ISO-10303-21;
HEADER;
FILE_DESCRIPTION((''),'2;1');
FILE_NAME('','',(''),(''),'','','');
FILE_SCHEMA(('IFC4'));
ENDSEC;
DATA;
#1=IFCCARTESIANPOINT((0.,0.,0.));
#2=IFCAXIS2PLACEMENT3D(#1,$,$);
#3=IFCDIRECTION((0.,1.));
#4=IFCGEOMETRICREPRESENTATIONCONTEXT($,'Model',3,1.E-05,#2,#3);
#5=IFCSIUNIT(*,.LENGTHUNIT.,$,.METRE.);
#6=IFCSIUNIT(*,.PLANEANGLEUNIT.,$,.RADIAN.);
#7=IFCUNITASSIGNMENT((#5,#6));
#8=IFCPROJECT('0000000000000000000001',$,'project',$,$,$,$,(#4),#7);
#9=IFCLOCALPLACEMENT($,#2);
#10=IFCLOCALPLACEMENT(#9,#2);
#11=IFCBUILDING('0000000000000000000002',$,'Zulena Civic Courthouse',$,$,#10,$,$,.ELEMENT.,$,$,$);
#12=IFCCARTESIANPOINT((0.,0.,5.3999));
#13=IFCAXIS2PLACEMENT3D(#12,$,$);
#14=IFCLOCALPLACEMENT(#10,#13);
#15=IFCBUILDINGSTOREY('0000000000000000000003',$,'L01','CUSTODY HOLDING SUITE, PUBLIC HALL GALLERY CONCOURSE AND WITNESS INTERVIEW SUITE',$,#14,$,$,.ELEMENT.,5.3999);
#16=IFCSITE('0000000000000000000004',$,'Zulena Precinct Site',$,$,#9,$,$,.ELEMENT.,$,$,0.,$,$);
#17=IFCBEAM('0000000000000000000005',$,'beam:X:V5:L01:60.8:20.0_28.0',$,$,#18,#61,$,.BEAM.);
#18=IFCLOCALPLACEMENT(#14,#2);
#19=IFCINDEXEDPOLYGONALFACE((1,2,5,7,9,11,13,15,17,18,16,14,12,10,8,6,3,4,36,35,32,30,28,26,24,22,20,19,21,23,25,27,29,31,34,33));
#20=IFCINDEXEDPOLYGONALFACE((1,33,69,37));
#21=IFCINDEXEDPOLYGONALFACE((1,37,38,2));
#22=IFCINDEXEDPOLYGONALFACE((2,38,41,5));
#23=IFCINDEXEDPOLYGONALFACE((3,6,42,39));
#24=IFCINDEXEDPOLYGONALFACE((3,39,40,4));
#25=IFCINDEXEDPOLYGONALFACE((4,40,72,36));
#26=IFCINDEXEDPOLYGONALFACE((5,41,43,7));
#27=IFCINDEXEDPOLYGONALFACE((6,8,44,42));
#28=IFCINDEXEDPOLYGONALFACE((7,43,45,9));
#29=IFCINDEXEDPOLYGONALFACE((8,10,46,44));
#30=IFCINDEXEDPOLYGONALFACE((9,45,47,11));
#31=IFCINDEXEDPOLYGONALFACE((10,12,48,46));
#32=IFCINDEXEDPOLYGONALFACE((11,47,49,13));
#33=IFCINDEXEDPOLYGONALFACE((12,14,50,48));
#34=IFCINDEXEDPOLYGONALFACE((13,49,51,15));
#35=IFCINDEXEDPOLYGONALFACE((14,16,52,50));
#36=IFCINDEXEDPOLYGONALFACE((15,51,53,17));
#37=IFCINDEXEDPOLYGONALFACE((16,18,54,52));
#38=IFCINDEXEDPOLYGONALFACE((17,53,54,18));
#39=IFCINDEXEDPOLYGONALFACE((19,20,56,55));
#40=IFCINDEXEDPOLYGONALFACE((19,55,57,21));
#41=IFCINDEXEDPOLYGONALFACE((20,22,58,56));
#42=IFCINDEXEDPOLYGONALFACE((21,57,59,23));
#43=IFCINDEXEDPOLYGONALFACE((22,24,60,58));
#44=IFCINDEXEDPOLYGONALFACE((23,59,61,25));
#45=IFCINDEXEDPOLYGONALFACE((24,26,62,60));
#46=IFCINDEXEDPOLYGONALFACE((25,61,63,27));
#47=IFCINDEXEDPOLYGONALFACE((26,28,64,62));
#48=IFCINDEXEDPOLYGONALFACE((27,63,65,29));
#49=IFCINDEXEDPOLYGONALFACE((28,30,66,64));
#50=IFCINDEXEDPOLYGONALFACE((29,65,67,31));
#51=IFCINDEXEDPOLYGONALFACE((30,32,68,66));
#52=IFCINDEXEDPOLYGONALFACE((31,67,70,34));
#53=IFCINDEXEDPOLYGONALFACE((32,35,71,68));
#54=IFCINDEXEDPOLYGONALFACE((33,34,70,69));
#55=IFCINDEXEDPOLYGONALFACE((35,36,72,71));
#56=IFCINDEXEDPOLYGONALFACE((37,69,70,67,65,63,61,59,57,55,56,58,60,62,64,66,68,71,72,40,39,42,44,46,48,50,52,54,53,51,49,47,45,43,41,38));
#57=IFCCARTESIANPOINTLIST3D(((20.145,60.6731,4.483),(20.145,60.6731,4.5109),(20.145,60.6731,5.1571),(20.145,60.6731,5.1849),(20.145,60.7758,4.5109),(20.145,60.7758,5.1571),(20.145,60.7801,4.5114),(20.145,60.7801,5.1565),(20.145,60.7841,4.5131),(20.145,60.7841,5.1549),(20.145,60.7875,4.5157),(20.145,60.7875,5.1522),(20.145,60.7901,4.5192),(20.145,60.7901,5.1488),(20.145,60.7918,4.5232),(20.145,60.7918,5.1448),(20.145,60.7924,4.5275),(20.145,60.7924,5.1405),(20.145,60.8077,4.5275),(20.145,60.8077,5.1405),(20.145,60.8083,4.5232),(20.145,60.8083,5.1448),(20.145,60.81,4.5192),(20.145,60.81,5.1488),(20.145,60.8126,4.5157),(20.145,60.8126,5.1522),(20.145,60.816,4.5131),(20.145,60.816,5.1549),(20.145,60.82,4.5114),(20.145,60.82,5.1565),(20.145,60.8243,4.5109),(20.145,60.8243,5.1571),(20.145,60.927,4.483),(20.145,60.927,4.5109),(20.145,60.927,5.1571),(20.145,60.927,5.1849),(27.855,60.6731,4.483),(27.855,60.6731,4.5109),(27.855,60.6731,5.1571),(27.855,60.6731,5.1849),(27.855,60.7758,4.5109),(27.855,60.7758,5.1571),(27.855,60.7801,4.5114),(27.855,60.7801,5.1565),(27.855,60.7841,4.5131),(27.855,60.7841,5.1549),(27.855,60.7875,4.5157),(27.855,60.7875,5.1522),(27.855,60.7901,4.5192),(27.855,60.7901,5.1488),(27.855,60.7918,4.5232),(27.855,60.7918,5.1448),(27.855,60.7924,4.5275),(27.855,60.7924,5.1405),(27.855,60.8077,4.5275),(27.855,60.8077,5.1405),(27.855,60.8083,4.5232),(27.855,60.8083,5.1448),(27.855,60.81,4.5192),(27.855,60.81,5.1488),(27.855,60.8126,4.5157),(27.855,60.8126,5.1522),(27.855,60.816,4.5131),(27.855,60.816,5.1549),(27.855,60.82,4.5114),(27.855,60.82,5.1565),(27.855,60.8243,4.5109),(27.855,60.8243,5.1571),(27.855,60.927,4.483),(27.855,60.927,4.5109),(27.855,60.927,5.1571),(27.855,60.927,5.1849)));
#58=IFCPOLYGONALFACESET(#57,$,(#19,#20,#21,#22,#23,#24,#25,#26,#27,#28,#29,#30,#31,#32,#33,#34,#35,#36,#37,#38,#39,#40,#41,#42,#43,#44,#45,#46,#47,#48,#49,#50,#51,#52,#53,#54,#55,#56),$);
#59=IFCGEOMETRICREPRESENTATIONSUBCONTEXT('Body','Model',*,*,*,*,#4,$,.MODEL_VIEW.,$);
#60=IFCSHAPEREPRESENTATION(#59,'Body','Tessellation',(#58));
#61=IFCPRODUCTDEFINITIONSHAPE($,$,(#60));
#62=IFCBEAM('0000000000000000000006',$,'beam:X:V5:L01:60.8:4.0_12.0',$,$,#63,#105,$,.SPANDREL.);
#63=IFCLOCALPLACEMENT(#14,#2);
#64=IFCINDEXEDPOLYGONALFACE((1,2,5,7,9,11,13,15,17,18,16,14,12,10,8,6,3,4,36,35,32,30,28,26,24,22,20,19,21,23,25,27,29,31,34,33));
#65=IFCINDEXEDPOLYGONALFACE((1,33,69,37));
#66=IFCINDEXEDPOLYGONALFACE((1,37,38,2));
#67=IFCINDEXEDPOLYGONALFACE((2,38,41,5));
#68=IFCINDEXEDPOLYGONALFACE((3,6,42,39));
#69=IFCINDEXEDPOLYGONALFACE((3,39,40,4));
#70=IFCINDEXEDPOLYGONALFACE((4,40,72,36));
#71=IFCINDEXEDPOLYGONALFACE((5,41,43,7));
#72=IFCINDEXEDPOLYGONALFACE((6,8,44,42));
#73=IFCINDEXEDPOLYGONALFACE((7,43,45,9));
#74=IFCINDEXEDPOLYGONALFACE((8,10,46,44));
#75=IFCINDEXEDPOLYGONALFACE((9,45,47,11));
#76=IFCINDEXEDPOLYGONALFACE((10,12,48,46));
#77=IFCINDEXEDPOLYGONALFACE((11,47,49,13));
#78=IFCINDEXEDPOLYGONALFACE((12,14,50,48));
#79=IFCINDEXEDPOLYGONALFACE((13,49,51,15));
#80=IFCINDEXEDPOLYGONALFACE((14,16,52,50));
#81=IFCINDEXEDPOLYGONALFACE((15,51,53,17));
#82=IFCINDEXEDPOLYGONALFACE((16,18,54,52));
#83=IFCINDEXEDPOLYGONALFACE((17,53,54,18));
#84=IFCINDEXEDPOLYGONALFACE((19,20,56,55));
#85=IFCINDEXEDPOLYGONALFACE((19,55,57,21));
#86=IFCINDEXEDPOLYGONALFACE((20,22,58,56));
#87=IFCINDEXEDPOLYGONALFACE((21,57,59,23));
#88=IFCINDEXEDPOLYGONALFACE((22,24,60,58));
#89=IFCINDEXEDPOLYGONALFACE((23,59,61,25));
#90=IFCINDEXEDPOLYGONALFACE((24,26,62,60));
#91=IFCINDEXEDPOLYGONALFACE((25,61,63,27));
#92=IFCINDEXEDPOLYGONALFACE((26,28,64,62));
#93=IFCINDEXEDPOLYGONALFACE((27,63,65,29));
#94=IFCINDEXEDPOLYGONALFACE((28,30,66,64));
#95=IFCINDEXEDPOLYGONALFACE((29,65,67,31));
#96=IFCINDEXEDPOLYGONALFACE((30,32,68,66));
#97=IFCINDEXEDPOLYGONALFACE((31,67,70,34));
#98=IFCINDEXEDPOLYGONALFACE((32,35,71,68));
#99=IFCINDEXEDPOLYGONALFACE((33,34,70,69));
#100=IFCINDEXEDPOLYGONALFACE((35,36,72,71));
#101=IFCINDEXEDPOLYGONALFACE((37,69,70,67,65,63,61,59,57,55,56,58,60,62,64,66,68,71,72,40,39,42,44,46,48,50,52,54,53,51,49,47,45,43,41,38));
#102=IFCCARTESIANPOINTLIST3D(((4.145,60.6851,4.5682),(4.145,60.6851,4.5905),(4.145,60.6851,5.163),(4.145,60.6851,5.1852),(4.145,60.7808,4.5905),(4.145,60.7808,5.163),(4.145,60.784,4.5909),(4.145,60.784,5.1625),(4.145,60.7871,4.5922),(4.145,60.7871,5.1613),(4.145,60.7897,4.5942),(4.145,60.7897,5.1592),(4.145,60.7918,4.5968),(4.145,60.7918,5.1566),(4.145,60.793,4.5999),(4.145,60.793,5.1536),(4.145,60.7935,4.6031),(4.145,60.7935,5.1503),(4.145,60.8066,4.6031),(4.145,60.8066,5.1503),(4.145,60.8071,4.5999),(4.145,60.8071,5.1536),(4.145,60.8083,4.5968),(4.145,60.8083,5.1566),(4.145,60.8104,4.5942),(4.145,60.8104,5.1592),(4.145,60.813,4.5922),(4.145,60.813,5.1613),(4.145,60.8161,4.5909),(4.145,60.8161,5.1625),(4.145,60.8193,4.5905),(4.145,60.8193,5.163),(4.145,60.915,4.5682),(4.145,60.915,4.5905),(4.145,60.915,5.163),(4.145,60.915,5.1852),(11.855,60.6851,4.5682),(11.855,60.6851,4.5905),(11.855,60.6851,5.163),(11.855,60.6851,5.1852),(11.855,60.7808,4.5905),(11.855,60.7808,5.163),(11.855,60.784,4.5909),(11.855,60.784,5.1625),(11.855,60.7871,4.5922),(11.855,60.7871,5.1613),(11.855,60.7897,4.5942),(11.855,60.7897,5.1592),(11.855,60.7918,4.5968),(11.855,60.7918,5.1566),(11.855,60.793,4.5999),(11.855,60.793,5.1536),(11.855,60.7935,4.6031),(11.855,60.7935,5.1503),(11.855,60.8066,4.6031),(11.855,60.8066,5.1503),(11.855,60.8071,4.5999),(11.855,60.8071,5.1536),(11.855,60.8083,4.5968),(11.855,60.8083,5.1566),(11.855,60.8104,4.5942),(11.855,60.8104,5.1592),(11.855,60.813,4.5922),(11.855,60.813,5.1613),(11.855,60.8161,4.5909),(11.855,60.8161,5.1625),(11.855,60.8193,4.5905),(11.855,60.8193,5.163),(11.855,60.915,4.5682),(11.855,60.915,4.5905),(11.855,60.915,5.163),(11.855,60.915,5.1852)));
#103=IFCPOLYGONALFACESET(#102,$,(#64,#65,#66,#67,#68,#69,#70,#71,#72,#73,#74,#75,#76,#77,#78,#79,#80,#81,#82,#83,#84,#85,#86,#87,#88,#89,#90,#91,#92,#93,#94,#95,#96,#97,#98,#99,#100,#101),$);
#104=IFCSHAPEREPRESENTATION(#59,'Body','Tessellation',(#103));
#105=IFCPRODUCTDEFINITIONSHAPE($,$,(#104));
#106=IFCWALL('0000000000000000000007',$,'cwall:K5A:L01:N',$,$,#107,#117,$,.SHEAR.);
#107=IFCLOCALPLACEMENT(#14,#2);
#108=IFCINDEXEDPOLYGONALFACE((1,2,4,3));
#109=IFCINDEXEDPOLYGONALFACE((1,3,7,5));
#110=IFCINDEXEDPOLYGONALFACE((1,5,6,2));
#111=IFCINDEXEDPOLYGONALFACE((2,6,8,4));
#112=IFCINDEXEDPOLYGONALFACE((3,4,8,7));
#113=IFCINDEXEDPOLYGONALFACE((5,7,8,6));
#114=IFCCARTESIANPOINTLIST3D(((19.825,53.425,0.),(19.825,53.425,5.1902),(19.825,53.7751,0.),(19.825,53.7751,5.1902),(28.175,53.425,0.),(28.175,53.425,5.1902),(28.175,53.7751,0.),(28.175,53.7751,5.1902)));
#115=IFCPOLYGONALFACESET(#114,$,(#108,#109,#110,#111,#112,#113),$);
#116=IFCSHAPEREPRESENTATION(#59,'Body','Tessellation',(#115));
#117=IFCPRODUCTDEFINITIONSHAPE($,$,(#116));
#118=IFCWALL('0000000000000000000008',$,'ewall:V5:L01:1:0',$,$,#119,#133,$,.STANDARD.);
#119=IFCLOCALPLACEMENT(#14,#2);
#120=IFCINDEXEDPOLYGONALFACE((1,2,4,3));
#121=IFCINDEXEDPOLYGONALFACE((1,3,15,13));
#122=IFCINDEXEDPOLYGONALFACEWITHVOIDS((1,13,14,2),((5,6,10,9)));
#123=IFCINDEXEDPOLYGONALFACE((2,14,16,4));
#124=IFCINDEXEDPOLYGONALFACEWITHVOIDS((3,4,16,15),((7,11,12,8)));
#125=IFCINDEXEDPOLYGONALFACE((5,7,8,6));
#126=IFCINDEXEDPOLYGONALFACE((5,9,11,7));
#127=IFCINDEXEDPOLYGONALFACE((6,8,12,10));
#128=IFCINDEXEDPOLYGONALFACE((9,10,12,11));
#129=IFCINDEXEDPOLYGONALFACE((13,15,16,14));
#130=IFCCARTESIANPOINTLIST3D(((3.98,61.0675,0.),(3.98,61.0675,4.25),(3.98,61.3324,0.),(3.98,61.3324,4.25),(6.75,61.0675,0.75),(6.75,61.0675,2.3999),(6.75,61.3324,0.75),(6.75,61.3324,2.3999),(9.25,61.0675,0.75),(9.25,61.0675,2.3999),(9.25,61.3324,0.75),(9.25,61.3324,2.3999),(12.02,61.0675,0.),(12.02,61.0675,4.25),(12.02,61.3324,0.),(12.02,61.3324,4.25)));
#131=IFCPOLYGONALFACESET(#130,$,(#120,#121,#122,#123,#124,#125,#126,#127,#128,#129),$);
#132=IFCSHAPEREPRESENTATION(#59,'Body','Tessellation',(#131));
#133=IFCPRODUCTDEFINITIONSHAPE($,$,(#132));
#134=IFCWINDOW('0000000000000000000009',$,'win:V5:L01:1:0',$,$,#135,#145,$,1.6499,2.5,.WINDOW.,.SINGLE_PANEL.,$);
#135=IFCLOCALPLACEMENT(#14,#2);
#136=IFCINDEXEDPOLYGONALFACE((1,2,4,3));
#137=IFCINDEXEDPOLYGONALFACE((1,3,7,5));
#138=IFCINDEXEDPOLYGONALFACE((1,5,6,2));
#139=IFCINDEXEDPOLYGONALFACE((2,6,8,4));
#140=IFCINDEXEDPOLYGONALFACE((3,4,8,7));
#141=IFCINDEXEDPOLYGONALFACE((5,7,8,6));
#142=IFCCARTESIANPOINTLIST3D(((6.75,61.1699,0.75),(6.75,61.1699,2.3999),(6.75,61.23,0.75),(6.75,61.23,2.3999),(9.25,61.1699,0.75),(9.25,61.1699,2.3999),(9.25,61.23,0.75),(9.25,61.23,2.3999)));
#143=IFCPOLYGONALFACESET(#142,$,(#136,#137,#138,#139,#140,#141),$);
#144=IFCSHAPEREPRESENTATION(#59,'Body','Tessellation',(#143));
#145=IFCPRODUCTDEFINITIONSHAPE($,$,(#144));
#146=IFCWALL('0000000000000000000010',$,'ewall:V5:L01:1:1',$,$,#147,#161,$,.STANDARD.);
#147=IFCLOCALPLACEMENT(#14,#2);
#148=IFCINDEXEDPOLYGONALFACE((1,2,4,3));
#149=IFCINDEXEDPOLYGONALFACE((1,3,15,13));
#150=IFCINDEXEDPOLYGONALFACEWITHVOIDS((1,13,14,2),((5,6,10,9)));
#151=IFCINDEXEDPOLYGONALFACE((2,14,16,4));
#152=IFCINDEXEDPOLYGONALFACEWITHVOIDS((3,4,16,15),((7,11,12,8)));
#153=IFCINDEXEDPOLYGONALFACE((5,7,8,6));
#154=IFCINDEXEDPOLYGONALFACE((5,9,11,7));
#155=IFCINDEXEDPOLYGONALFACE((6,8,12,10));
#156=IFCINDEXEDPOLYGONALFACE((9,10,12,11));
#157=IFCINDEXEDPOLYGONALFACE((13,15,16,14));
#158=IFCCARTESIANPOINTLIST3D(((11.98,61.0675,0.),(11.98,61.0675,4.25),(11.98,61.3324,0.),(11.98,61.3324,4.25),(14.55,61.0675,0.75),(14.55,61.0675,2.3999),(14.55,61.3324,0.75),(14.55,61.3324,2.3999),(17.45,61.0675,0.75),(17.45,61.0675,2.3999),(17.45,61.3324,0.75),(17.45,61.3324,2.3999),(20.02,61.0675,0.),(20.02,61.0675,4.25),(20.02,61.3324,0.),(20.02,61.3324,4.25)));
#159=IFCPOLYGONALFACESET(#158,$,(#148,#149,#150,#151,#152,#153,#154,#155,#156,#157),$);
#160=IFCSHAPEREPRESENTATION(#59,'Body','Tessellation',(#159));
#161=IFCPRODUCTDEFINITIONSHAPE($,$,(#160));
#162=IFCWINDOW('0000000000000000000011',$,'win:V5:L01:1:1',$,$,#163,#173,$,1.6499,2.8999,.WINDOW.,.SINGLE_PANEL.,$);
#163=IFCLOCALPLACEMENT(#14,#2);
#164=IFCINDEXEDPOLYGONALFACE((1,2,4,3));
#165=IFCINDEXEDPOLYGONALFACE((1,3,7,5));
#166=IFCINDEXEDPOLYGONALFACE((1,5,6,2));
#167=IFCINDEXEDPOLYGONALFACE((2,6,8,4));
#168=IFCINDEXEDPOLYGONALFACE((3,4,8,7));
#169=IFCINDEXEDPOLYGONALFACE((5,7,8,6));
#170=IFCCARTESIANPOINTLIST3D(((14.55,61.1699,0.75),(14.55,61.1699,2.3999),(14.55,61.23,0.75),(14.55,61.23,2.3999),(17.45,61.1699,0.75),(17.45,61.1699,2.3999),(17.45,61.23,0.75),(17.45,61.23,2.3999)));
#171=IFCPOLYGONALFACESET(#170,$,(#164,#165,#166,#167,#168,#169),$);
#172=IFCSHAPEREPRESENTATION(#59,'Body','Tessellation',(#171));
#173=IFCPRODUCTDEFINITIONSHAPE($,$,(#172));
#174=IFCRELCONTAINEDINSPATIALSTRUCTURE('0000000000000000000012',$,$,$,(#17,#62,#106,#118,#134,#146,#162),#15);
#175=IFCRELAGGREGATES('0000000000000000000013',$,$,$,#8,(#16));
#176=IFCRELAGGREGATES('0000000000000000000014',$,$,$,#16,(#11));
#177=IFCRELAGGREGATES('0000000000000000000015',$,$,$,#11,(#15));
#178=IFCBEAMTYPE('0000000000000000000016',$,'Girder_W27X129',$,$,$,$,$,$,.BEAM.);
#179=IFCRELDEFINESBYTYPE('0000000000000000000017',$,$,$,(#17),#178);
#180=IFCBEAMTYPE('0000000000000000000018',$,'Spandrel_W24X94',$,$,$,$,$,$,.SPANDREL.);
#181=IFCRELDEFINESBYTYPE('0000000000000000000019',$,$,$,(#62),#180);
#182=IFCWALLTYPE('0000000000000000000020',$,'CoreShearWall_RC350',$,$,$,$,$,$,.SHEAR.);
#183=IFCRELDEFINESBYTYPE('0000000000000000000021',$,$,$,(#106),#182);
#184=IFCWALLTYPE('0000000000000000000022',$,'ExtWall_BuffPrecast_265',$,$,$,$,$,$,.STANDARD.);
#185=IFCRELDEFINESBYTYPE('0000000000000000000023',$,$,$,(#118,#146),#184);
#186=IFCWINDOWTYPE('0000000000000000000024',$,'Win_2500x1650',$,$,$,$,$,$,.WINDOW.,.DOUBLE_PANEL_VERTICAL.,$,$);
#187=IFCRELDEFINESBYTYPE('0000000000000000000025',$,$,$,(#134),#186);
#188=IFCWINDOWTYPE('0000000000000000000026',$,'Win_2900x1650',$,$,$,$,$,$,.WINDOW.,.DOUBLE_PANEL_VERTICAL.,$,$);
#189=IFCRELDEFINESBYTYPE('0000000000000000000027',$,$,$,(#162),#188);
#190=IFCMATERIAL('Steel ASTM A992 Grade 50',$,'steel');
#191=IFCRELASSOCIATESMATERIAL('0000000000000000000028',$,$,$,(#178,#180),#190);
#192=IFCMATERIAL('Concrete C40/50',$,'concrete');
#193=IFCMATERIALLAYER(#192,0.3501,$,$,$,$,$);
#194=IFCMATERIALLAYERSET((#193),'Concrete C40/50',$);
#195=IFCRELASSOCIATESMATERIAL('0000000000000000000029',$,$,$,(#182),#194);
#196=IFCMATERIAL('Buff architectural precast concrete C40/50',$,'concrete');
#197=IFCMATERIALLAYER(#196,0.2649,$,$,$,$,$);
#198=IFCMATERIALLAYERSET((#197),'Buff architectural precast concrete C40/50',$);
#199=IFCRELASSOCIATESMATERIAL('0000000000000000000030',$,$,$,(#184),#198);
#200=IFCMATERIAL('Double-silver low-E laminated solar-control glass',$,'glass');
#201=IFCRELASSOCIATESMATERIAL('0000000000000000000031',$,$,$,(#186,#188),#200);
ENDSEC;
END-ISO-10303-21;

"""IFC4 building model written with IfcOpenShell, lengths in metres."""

from ifc_helpers import new_model, si_unit, direction, frame, frame_2d, origin, origin_2d, place, context, subcontext, project, spatial, rectangle, i_section, extrude, material, layer, layer_set, material_profile, profile_set, type_object, element, fill, save


model = new_model("IFC4")

# Units and contexts
model_context = context("Model", 3, precision=1e-05, world=origin(), true_north=direction((0.0, 1.0)))
body_context = subcontext(model_context, "Body", "Model", "MODEL_VIEW")
ifc_project = project(units=[si_unit("LENGTHUNIT", "METRE"), si_unit("PLANEANGLEUNIT", "RADIAN")], contexts=[model_context])

# Site, building, storey
site_placement = place(None, origin())
site = spatial("IfcSite", under=ifc_project, at=site_placement, Name="Zulena Precinct Site", CompositionType="ELEMENT", RefElevation=0.0)
building_placement = place(site_placement, origin())
building = spatial("IfcBuilding", under=site, at=building_placement, Name="Zulena Civic Courthouse", CompositionType="ELEMENT")
storey_placement = place(building_placement, frame((0.0, 0.0, 5.3999)))
storey = spatial("IfcBuildingStorey", under=building, at=storey_placement, Name="L01", Description="CUSTODY HOLDING SUITE, PUBLIC HALL GALLERY CONCOURSE AND WITNESS INTERVIEW SUITE", CompositionType="ELEMENT", Elevation=5.3999)

# Shared definitions
ifc_material_1 = material(Name="Steel ASTM A992 Grade 50", Category="steel")

# Beams
ifc_material_profile_1 = material_profile(ifc_material_1, i_section(OverallWidth=0.2539, OverallDepth=0.7019, WebThickness=0.0154, FlangeThickness=0.0278, FilletRadius=0.0166, at=origin_2d()), Name="W27X129")
ifc_profile_set_1 = profile_set([ifc_material_profile_1], Name="Steel ASTM A992 Grade 50")
beam_type_1 = type_object("IfcBeamType", Name="Girder_W27X129", PredefinedType="BEAM", material=ifc_profile_set_1)
for number, where, z_axis, x_axis, name in (
    (1, (20.145, 60.8, 4.834), (1.0, 0.0, 0.0), (0.0, 1.0, 0.0), "beam:X:V5:L01:60.8:20.0_28.0"),
):
    element("IfcBeam", number, at=place(storey_placement, frame(where, z_axis=z_axis, x_axis=x_axis)), inside=storey, type_object=beam_type_1, Name=name, PredefinedType="BEAM", context=body_context, shape_type="SweptSolid", body=[
        extrude(i_section(OverallWidth=0.2539, OverallDepth=0.7019, WebThickness=0.0154, FlangeThickness=0.0278, FilletRadius=0.0166, at=origin_2d()), origin(), (0.0, 0.0, 1.0), 7.71),
    ])
ifc_material_profile_2 = material_profile(ifc_material_1, i_section(OverallWidth=0.23, OverallDepth=0.6169, WebThickness=0.0132, FlangeThickness=0.0222, FilletRadius=0.0127, at=origin_2d()), Name="W24X94")
ifc_profile_set_2 = profile_set([ifc_material_profile_2], Name="Steel ASTM A992 Grade 50")
beam_type_2 = type_object("IfcBeamType", Name="Spandrel_W24X94", PredefinedType="SPANDREL", material=ifc_profile_set_2)
beam_placement = place(storey_placement, frame((4.145, 60.8, 4.8767), z_axis=(1.0, 0.0, 0.0), x_axis=(0.0, 1.0, 0.0)))
element("IfcBeam", 2, at=beam_placement, inside=storey, type_object=beam_type_2, Name="beam:X:V5:L01:60.8:4.0_12.0", PredefinedType="SPANDREL", context=body_context, shape_type="SweptSolid", body=[
    extrude(i_section(OverallWidth=0.23, OverallDepth=0.6169, WebThickness=0.0132, FlangeThickness=0.0222, FilletRadius=0.0127, at=origin_2d()), origin(), (0.0, 0.0, 1.0), 7.71),
])

# Wall
ifc_material_2 = material(Name="Concrete C40/50", Category="concrete")
ifc_layer_1 = layer(ifc_material_2, 0.3501)
ifc_layer_set_1 = layer_set([ifc_layer_1], Name="Concrete C40/50")
wall_type_1 = type_object("IfcWallType", Name="CoreShearWall_RC350", PredefinedType="SHEAR", material=ifc_layer_set_1)
wall_1_placement = place(storey_placement, frame((19.825, 53.6001, 0.0), z_axis=(0.0, 0.0, 1.0), x_axis=(1.0, 0.0, 0.0)))
element("IfcWall", 3, at=wall_1_placement, inside=storey, type_object=wall_type_1, Name="cwall:K5A:L01:N", PredefinedType="SHEAR", context=body_context, shape_type="SweptSolid", body=[
    extrude(rectangle(XDim=8.3501, YDim=0.3501, at=frame_2d((4.175, 0.0))), origin(), (0.0, 0.0, 1.0), 5.1902),
])

# Walls, openings, windows
ifc_material_3 = material(Name="Buff architectural precast concrete C40/50", Category="concrete")
ifc_layer_2 = layer(ifc_material_3, 0.2649)
ifc_layer_set_2 = layer_set([ifc_layer_2], Name="Buff architectural precast concrete C40/50")
wall_type_2 = type_object("IfcWallType", Name="ExtWall_BuffPrecast_265", PredefinedType="STANDARD", material=ifc_layer_set_2)
wall_2_placement = place(storey_placement, frame((3.98, 61.2, 0.0), z_axis=(0.0, 0.0, 1.0), x_axis=(1.0, 0.0, 0.0)))
wall_2 = element("IfcWall", 4, at=wall_2_placement, inside=storey, type_object=wall_type_2, Name="ewall:V5:L01:1:0", PredefinedType="STANDARD", context=body_context, shape_type="SweptSolid", body=[
    extrude(rectangle(XDim=8.04, YDim=0.2649, at=frame_2d((4.02, 0.0))), origin(), (0.0, 0.0, 1.0), 4.25),
])
opening_1_placement = place(wall_2_placement, frame((2.77, 0.0, 0.75)))
opening_1 = element("IfcOpeningElement", 5, at=opening_1_placement, cuts=wall_2, PredefinedType="OPENING", context=body_context, shape_type="SweptSolid", body=[
    extrude(rectangle(XDim=2.5, YDim=1.6499, at=frame_2d((1.25, 0.825))), frame((0.0, 0.1423, 0.0), z_axis=(0.0, -1.0, 0.0), x_axis=(1.0, 0.0, 0.0)), (0.0, 0.0, 1.0), 0.2849),
])
ifc_material_4 = material(Name="Double-silver low-E laminated solar-control glass", Category="glass")
window_type_1 = type_object("IfcWindowType", Name="Win_2500x1650", PartitioningType="DOUBLE_PANEL_VERTICAL", PredefinedType="WINDOW", material=ifc_material_4)
window_1_placement = place(opening_1_placement, origin())
window_1 = element("IfcWindow", 6, at=window_1_placement, inside=storey, type_object=window_type_1, Name="win:V5:L01:1:0", OverallHeight=1.6499, OverallWidth=2.5, PartitioningType="SINGLE_PANEL", PredefinedType="WINDOW", context=body_context, shape_type="SweptSolid", body=[
    extrude(rectangle(XDim=2.5, YDim=1.6499, at=frame_2d((1.25, 0.825))), frame((0.0, 0.03, 0.0), z_axis=(0.0, -1.0, 0.0), x_axis=(1.0, 0.0, 0.0)), (0.0, 0.0, 1.0), 0.0601),
])
fill(opening_1, window_1)
wall_3_placement = place(storey_placement, frame((11.98, 61.2, 0.0), z_axis=(0.0, 0.0, 1.0), x_axis=(1.0, 0.0, 0.0)))
wall_3 = element("IfcWall", 7, at=wall_3_placement, inside=storey, type_object=wall_type_2, Name="ewall:V5:L01:1:1", PredefinedType="STANDARD", context=body_context, shape_type="SweptSolid", body=[
    extrude(rectangle(XDim=8.04, YDim=0.2649, at=frame_2d((4.02, 0.0))), origin(), (0.0, 0.0, 1.0), 4.25),
])
opening_2_placement = place(wall_3_placement, frame((2.5701, 0.0, 0.75)))
opening_2 = element("IfcOpeningElement", 8, at=opening_2_placement, cuts=wall_3, PredefinedType="OPENING", context=body_context, shape_type="SweptSolid", body=[
    extrude(rectangle(XDim=2.8999, YDim=1.6499, at=frame_2d((1.45, 0.825))), frame((0.0, 0.1423, 0.0), z_axis=(0.0, -1.0, 0.0), x_axis=(1.0, 0.0, 0.0)), (0.0, 0.0, 1.0), 0.2849),
])
window_type_2 = type_object("IfcWindowType", Name="Win_2900x1650", PartitioningType="DOUBLE_PANEL_VERTICAL", PredefinedType="WINDOW", material=ifc_material_4)
window_2_placement = place(opening_2_placement, origin())
window_2 = element("IfcWindow", 9, at=window_2_placement, inside=storey, type_object=window_type_2, Name="win:V5:L01:1:1", OverallHeight=1.6499, OverallWidth=2.8999, PartitioningType="SINGLE_PANEL", PredefinedType="WINDOW", context=body_context, shape_type="SweptSolid", body=[
    extrude(rectangle(XDim=2.8999, YDim=1.6499, at=frame_2d((1.45, 0.825))), frame((0.0, 0.03, 0.0), z_axis=(0.0, -1.0, 0.0), x_axis=(1.0, 0.0, 0.0)), (0.0, 0.0, 1.0), 0.0601),
])
fill(opening_2, window_2)

save(model, "model.ifc")
